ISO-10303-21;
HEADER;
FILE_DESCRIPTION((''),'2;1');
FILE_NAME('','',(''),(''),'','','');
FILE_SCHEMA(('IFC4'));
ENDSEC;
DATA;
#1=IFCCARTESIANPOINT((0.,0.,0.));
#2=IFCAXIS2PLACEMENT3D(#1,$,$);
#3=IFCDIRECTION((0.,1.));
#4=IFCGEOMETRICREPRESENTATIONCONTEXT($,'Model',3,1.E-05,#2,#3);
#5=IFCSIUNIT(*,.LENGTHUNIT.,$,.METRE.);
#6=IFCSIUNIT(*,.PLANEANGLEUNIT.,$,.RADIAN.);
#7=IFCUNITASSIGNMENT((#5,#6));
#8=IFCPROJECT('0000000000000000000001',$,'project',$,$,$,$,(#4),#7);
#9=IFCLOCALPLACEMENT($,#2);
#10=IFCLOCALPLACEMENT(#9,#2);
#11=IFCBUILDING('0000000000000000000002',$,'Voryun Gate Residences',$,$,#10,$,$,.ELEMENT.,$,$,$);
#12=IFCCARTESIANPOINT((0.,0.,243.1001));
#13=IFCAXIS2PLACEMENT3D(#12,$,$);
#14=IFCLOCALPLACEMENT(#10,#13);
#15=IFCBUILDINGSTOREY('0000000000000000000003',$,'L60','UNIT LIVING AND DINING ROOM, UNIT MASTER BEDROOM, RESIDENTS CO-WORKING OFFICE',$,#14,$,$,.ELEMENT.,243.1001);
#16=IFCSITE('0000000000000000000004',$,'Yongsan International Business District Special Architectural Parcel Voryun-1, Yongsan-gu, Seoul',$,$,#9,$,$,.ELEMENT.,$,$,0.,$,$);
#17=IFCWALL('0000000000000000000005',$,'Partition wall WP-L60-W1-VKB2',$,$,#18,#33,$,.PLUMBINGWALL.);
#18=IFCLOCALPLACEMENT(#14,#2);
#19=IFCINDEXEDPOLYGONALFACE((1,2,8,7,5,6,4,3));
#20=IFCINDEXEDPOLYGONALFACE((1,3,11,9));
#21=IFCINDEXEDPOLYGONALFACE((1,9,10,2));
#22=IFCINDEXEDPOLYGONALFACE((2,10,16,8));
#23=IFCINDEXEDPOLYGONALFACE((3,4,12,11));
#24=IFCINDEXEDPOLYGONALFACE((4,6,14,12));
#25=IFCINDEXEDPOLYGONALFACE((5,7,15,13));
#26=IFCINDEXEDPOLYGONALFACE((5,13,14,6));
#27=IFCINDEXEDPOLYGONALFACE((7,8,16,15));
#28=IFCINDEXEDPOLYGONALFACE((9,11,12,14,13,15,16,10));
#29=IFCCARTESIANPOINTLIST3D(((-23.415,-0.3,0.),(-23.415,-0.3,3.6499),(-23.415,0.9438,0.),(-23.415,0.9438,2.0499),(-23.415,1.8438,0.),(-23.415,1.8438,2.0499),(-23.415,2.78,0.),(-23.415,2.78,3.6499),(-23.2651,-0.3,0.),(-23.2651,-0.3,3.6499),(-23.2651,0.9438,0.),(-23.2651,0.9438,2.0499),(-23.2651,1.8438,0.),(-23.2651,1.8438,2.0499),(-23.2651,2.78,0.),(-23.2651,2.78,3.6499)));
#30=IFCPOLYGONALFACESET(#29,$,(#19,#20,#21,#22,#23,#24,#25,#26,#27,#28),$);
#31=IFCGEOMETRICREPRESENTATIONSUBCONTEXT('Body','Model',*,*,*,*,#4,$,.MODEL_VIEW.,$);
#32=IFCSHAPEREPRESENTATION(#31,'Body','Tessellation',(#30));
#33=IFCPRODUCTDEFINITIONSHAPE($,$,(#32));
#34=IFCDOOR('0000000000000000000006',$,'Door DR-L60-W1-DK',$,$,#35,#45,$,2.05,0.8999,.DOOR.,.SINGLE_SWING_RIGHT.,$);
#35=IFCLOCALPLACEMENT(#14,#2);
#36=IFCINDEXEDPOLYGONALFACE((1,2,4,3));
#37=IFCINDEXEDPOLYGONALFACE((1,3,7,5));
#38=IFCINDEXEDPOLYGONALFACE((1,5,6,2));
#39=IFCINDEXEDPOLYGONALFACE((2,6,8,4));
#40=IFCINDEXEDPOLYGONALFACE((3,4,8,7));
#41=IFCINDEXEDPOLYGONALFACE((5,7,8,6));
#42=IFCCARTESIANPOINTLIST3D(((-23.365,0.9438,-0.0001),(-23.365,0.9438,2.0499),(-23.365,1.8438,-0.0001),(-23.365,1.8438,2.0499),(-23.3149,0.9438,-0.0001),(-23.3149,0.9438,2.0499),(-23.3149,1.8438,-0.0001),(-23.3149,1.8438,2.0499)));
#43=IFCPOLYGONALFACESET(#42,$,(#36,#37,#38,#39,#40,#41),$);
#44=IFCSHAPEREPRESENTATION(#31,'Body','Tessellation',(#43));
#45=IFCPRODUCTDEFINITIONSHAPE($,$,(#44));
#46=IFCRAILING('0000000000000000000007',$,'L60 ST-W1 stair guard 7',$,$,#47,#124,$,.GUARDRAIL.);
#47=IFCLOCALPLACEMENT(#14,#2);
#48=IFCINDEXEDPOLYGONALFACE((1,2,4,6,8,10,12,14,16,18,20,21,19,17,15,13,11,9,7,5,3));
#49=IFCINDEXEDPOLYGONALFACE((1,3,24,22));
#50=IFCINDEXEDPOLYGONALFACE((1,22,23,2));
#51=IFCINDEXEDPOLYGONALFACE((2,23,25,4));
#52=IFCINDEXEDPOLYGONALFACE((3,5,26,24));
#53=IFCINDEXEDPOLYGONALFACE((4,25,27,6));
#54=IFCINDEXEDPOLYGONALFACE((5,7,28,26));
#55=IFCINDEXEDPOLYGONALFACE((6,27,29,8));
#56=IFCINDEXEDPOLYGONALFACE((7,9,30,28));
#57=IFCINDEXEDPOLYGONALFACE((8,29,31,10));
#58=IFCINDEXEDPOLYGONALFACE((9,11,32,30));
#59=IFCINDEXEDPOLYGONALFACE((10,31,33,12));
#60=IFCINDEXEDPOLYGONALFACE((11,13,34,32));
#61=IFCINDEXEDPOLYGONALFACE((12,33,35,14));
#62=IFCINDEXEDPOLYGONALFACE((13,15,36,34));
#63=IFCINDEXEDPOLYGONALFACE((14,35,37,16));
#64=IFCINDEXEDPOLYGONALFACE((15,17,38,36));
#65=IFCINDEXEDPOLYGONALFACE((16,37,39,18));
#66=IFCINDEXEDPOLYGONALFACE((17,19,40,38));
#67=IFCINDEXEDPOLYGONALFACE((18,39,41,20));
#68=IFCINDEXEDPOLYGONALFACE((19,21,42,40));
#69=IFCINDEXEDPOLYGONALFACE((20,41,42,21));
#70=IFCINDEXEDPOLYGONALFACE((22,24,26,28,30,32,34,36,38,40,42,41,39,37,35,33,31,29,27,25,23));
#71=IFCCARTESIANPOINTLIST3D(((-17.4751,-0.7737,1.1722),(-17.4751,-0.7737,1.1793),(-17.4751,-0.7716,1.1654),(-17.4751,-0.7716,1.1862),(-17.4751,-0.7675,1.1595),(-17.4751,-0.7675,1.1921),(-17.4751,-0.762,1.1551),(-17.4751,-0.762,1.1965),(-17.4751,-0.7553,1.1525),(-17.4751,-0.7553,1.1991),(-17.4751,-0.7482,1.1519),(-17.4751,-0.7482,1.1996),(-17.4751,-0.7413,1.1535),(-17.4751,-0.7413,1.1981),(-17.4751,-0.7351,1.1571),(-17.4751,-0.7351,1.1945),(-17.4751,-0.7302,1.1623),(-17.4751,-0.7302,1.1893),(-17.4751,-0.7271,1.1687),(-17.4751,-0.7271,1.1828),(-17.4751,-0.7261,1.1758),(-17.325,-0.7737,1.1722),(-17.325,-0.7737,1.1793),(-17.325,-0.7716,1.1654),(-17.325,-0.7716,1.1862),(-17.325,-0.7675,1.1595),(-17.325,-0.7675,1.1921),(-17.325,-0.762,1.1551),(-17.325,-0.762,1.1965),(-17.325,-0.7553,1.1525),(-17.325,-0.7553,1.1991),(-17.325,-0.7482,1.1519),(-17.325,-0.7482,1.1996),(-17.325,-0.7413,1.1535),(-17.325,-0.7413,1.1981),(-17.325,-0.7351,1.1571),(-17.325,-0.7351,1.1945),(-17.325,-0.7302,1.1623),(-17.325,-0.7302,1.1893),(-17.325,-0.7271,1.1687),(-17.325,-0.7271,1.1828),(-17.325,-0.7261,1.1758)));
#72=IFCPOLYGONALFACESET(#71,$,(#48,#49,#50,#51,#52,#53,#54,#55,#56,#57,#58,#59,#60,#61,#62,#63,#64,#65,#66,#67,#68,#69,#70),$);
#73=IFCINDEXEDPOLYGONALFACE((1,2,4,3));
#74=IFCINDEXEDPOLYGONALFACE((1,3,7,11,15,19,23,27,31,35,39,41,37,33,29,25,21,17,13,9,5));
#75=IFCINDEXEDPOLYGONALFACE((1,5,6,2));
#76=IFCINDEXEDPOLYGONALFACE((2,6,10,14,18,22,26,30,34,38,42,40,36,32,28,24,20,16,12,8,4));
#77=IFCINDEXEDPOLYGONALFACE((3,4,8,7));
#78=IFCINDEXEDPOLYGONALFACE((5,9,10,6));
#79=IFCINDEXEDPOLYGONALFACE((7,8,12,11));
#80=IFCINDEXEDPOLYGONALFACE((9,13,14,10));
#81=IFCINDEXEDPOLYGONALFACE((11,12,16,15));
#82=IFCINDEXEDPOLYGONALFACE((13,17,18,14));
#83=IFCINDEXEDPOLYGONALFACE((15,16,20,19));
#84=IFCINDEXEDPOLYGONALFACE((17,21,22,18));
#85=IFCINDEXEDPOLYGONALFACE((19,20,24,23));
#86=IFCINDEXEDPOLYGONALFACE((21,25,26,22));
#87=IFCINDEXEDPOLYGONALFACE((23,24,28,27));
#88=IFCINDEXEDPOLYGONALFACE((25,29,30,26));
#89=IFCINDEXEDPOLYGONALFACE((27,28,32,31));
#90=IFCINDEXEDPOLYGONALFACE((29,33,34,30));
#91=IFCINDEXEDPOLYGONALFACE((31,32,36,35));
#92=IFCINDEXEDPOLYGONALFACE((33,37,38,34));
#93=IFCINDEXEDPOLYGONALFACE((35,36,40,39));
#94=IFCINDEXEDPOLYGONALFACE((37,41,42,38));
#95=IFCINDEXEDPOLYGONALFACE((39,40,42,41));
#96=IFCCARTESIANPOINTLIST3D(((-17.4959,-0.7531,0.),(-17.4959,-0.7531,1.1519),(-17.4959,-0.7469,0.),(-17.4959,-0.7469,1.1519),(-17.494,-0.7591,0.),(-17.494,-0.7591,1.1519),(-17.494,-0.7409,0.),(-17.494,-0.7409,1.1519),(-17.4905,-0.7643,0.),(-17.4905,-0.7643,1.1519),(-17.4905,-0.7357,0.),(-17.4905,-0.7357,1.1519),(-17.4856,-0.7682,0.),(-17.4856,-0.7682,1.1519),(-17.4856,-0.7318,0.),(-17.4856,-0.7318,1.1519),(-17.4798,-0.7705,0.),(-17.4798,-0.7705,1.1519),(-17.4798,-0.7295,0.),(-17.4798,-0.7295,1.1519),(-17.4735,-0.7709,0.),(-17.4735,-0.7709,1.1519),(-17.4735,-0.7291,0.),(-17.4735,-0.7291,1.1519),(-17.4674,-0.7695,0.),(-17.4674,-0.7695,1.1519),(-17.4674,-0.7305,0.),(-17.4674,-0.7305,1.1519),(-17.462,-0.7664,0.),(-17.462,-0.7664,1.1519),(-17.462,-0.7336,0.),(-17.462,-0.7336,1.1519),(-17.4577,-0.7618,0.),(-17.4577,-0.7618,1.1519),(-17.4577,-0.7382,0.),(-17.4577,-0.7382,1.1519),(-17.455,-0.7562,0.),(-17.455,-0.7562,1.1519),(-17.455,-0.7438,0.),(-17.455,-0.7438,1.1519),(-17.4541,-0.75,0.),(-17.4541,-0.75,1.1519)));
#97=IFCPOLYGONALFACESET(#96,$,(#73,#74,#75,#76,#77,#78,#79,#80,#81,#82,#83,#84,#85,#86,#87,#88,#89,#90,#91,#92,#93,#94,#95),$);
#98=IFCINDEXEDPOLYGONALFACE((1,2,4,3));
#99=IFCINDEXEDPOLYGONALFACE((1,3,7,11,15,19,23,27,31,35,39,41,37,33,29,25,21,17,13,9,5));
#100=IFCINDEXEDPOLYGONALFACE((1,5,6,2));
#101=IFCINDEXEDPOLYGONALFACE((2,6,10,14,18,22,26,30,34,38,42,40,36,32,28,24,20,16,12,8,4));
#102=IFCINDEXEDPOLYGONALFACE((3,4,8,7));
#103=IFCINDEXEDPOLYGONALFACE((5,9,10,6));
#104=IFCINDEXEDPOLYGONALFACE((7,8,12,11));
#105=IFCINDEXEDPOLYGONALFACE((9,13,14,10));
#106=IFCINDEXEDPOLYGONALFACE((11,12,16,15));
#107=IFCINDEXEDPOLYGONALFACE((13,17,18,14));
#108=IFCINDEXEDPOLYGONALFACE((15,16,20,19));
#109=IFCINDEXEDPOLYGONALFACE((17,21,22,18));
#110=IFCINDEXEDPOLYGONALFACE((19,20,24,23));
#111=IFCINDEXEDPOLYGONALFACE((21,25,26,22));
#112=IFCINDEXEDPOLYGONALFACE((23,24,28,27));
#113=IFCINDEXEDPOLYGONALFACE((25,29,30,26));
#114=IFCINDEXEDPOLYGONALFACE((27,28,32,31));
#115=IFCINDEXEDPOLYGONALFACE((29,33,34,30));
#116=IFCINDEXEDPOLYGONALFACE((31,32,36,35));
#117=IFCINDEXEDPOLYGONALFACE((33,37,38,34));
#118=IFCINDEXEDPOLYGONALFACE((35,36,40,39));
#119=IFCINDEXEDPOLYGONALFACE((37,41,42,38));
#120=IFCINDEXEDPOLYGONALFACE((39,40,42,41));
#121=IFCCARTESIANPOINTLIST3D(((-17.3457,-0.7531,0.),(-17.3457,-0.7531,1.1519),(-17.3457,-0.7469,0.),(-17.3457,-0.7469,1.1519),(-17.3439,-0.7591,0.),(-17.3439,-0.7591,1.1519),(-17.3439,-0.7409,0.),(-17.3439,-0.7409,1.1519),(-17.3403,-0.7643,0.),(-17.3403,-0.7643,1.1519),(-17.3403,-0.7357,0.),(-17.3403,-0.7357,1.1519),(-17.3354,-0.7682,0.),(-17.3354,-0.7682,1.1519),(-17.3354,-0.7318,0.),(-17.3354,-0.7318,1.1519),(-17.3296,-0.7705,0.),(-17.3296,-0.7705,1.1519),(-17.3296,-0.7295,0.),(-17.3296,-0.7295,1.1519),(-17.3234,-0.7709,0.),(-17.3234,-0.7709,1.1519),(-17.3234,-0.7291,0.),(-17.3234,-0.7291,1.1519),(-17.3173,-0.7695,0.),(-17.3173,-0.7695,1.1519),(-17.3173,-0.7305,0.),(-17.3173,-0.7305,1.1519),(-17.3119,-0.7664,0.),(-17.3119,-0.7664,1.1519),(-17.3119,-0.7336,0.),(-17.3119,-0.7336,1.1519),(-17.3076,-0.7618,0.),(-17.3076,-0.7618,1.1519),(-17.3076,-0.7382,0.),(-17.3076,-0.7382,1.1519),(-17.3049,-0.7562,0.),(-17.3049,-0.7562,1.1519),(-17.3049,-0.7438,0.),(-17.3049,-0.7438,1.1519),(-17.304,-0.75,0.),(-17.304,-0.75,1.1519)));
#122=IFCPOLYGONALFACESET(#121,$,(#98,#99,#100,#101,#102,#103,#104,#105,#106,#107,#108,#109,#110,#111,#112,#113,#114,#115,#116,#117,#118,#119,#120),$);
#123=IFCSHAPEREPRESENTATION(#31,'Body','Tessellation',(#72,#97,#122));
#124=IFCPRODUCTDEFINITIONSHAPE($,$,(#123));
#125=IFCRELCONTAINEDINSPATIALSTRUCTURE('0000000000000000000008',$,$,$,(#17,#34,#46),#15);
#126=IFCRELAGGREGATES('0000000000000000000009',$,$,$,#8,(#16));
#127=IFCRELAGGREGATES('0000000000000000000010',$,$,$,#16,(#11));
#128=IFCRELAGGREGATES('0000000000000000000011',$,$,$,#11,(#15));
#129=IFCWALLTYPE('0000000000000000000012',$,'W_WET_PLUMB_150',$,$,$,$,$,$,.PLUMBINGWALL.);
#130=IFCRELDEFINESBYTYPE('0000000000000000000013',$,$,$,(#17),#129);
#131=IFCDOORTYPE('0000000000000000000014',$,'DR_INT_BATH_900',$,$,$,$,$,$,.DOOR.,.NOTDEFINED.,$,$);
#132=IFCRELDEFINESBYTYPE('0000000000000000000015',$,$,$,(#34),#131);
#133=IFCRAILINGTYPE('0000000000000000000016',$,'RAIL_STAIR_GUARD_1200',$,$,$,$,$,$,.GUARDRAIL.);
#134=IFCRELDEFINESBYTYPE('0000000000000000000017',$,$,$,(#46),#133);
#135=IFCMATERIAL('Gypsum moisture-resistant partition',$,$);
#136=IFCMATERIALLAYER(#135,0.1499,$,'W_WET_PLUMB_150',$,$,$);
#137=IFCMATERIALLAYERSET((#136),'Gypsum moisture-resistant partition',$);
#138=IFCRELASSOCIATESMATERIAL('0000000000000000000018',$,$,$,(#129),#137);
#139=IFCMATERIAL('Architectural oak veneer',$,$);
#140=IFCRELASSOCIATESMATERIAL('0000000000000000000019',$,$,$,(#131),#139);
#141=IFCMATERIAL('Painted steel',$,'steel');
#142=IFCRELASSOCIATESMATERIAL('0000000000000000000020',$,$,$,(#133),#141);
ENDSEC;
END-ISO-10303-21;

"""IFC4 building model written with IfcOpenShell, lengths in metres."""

from ifc_helpers import new_model, si_unit, direction, frame, frame_2d, origin, origin_2d, place, context, subcontext, project, spatial, rectangle, circle, extrude, material, layer, layer_set, type_object, element, fill, save


model = new_model("IFC4")

# Units and contexts
model_context = context("Model", 3, precision=1e-05, world=origin(), true_north=direction((0.0, 1.0)))
body_context = subcontext(model_context, "Body", "Model", "MODEL_VIEW")
ifc_project = project(units=[si_unit("LENGTHUNIT", "METRE"), si_unit("PLANEANGLEUNIT", "RADIAN")], contexts=[model_context])

# Site, building, storey
site_placement = place(None, origin())
site = spatial("IfcSite", under=ifc_project, at=site_placement, Name="Yongsan International Business District Special Architectural Parcel Voryun-1, Yongsan-gu, Seoul", CompositionType="ELEMENT", RefElevation=0.0)
building_placement = place(site_placement, origin())
building = spatial("IfcBuilding", under=site, at=building_placement, Name="Voryun Gate Residences", CompositionType="ELEMENT")
storey_placement = place(building_placement, frame((0.0, 0.0, 243.1001)))
storey = spatial("IfcBuildingStorey", under=building, at=storey_placement, Name="L60", Description="UNIT LIVING AND DINING ROOM, UNIT MASTER BEDROOM, RESIDENTS CO-WORKING OFFICE", CompositionType="ELEMENT", Elevation=243.1001)

# Shared definitions
ifc_material_1 = material(Name="Gypsum moisture-resistant partition")
ifc_layer_1 = layer(ifc_material_1, 0.1499, Name="W_WET_PLUMB_150")
ifc_layer_set_1 = layer_set([ifc_layer_1], Name="Gypsum moisture-resistant partition")
wall_type_1 = type_object("IfcWallType", Name="W_WET_PLUMB_150", PredefinedType="PLUMBINGWALL", material=ifc_layer_set_1)

# Wall, opening, door
wall_1_placement = place(storey_placement, frame((-23.3401, -0.3, 0.0), z_axis=(0.0, 0.0, 1.0), x_axis=(0.0, 1.0, 0.0)))
wall_1 = element("IfcWall", 1, at=wall_1_placement, inside=storey, type_object=wall_type_1, Name="Partition wall WP-L60-W1-VKB2", PredefinedType="PLUMBINGWALL", context=body_context, shape_type="SweptSolid", body=[
    extrude(rectangle(XDim=3.0801, YDim=0.1499, at=frame_2d((1.54, 0.0))), origin(), (0.0, 0.0, 1.0), 3.6499),
])
opening_1_placement = place(wall_1_placement, frame((1.2439, 0.0, 0.0)))
opening_1 = element("IfcOpeningElement", 2, at=opening_1_placement, cuts=wall_1, PredefinedType="OPENING", context=body_context, shape_type="SweptSolid", body=[
    extrude(rectangle(XDim=0.8999, YDim=2.05, at=frame_2d((0.45, 1.0249))), frame((0.0, 0.085, 0.0), z_axis=(0.0, -1.0, 0.0), x_axis=(1.0, 0.0, 0.0)), (0.0, 0.0, 1.0), 0.1699),
])
ifc_material_2 = material(Name="Architectural oak veneer")
door_type_1 = type_object("IfcDoorType", Name="DR_INT_BATH_900", OperationType="NOTDEFINED", PredefinedType="DOOR", material=ifc_material_2)
door_1_placement = place(opening_1_placement, origin())
door_1 = element("IfcDoor", 3, at=door_1_placement, inside=storey, type_object=door_type_1, Name="Door DR-L60-W1-DK", OperationType="SINGLE_SWING_RIGHT", OverallHeight=2.05, OverallWidth=0.8999, PredefinedType="DOOR", context=body_context, shape_type="SweptSolid", body=[
    extrude(rectangle(XDim=0.8999, YDim=2.05, at=frame_2d((0.45, 1.0249))), frame((0.0, 0.0249, 0.0), z_axis=(0.0, -1.0, 0.0), x_axis=(1.0, 0.0, 0.0)), (0.0, 0.0, 1.0), 0.05),
])
fill(opening_1, door_1)

# Railing
ifc_material_3 = material(Name="Painted steel", Category="steel")
railing_type = type_object("IfcRailingType", Name="RAIL_STAIR_GUARD_1200", PredefinedType="GUARDRAIL", material=ifc_material_3)
railing_placement = place(storey_placement, frame((-17.4751, -0.75, 0.0)))
element("IfcRailing", 4, at=railing_placement, inside=storey, type_object=railing_type, Name="L60 ST-W1 stair guard 7", PredefinedType="GUARDRAIL", context=body_context, shape_type="SweptSolid", body=[
    extrude(circle(Radius=0.0239, at=origin_2d()), frame((0.0, 0.0, 1.1758), z_axis=(1.0, 0.0, 0.0), x_axis=(0.0, 1.0, 0.0)), (0.0, 0.0, 1.0), 0.1501),
    extrude(circle(Radius=0.021, at=origin_2d()), origin(), (0.0, 0.0, 1.0), 1.1519),
    extrude(circle(Radius=0.021, at=origin_2d()), frame((0.1501, 0.0, 0.0)), (0.0, 0.0, 1.0), 1.1519),
])

save(model, "model.ifc")
